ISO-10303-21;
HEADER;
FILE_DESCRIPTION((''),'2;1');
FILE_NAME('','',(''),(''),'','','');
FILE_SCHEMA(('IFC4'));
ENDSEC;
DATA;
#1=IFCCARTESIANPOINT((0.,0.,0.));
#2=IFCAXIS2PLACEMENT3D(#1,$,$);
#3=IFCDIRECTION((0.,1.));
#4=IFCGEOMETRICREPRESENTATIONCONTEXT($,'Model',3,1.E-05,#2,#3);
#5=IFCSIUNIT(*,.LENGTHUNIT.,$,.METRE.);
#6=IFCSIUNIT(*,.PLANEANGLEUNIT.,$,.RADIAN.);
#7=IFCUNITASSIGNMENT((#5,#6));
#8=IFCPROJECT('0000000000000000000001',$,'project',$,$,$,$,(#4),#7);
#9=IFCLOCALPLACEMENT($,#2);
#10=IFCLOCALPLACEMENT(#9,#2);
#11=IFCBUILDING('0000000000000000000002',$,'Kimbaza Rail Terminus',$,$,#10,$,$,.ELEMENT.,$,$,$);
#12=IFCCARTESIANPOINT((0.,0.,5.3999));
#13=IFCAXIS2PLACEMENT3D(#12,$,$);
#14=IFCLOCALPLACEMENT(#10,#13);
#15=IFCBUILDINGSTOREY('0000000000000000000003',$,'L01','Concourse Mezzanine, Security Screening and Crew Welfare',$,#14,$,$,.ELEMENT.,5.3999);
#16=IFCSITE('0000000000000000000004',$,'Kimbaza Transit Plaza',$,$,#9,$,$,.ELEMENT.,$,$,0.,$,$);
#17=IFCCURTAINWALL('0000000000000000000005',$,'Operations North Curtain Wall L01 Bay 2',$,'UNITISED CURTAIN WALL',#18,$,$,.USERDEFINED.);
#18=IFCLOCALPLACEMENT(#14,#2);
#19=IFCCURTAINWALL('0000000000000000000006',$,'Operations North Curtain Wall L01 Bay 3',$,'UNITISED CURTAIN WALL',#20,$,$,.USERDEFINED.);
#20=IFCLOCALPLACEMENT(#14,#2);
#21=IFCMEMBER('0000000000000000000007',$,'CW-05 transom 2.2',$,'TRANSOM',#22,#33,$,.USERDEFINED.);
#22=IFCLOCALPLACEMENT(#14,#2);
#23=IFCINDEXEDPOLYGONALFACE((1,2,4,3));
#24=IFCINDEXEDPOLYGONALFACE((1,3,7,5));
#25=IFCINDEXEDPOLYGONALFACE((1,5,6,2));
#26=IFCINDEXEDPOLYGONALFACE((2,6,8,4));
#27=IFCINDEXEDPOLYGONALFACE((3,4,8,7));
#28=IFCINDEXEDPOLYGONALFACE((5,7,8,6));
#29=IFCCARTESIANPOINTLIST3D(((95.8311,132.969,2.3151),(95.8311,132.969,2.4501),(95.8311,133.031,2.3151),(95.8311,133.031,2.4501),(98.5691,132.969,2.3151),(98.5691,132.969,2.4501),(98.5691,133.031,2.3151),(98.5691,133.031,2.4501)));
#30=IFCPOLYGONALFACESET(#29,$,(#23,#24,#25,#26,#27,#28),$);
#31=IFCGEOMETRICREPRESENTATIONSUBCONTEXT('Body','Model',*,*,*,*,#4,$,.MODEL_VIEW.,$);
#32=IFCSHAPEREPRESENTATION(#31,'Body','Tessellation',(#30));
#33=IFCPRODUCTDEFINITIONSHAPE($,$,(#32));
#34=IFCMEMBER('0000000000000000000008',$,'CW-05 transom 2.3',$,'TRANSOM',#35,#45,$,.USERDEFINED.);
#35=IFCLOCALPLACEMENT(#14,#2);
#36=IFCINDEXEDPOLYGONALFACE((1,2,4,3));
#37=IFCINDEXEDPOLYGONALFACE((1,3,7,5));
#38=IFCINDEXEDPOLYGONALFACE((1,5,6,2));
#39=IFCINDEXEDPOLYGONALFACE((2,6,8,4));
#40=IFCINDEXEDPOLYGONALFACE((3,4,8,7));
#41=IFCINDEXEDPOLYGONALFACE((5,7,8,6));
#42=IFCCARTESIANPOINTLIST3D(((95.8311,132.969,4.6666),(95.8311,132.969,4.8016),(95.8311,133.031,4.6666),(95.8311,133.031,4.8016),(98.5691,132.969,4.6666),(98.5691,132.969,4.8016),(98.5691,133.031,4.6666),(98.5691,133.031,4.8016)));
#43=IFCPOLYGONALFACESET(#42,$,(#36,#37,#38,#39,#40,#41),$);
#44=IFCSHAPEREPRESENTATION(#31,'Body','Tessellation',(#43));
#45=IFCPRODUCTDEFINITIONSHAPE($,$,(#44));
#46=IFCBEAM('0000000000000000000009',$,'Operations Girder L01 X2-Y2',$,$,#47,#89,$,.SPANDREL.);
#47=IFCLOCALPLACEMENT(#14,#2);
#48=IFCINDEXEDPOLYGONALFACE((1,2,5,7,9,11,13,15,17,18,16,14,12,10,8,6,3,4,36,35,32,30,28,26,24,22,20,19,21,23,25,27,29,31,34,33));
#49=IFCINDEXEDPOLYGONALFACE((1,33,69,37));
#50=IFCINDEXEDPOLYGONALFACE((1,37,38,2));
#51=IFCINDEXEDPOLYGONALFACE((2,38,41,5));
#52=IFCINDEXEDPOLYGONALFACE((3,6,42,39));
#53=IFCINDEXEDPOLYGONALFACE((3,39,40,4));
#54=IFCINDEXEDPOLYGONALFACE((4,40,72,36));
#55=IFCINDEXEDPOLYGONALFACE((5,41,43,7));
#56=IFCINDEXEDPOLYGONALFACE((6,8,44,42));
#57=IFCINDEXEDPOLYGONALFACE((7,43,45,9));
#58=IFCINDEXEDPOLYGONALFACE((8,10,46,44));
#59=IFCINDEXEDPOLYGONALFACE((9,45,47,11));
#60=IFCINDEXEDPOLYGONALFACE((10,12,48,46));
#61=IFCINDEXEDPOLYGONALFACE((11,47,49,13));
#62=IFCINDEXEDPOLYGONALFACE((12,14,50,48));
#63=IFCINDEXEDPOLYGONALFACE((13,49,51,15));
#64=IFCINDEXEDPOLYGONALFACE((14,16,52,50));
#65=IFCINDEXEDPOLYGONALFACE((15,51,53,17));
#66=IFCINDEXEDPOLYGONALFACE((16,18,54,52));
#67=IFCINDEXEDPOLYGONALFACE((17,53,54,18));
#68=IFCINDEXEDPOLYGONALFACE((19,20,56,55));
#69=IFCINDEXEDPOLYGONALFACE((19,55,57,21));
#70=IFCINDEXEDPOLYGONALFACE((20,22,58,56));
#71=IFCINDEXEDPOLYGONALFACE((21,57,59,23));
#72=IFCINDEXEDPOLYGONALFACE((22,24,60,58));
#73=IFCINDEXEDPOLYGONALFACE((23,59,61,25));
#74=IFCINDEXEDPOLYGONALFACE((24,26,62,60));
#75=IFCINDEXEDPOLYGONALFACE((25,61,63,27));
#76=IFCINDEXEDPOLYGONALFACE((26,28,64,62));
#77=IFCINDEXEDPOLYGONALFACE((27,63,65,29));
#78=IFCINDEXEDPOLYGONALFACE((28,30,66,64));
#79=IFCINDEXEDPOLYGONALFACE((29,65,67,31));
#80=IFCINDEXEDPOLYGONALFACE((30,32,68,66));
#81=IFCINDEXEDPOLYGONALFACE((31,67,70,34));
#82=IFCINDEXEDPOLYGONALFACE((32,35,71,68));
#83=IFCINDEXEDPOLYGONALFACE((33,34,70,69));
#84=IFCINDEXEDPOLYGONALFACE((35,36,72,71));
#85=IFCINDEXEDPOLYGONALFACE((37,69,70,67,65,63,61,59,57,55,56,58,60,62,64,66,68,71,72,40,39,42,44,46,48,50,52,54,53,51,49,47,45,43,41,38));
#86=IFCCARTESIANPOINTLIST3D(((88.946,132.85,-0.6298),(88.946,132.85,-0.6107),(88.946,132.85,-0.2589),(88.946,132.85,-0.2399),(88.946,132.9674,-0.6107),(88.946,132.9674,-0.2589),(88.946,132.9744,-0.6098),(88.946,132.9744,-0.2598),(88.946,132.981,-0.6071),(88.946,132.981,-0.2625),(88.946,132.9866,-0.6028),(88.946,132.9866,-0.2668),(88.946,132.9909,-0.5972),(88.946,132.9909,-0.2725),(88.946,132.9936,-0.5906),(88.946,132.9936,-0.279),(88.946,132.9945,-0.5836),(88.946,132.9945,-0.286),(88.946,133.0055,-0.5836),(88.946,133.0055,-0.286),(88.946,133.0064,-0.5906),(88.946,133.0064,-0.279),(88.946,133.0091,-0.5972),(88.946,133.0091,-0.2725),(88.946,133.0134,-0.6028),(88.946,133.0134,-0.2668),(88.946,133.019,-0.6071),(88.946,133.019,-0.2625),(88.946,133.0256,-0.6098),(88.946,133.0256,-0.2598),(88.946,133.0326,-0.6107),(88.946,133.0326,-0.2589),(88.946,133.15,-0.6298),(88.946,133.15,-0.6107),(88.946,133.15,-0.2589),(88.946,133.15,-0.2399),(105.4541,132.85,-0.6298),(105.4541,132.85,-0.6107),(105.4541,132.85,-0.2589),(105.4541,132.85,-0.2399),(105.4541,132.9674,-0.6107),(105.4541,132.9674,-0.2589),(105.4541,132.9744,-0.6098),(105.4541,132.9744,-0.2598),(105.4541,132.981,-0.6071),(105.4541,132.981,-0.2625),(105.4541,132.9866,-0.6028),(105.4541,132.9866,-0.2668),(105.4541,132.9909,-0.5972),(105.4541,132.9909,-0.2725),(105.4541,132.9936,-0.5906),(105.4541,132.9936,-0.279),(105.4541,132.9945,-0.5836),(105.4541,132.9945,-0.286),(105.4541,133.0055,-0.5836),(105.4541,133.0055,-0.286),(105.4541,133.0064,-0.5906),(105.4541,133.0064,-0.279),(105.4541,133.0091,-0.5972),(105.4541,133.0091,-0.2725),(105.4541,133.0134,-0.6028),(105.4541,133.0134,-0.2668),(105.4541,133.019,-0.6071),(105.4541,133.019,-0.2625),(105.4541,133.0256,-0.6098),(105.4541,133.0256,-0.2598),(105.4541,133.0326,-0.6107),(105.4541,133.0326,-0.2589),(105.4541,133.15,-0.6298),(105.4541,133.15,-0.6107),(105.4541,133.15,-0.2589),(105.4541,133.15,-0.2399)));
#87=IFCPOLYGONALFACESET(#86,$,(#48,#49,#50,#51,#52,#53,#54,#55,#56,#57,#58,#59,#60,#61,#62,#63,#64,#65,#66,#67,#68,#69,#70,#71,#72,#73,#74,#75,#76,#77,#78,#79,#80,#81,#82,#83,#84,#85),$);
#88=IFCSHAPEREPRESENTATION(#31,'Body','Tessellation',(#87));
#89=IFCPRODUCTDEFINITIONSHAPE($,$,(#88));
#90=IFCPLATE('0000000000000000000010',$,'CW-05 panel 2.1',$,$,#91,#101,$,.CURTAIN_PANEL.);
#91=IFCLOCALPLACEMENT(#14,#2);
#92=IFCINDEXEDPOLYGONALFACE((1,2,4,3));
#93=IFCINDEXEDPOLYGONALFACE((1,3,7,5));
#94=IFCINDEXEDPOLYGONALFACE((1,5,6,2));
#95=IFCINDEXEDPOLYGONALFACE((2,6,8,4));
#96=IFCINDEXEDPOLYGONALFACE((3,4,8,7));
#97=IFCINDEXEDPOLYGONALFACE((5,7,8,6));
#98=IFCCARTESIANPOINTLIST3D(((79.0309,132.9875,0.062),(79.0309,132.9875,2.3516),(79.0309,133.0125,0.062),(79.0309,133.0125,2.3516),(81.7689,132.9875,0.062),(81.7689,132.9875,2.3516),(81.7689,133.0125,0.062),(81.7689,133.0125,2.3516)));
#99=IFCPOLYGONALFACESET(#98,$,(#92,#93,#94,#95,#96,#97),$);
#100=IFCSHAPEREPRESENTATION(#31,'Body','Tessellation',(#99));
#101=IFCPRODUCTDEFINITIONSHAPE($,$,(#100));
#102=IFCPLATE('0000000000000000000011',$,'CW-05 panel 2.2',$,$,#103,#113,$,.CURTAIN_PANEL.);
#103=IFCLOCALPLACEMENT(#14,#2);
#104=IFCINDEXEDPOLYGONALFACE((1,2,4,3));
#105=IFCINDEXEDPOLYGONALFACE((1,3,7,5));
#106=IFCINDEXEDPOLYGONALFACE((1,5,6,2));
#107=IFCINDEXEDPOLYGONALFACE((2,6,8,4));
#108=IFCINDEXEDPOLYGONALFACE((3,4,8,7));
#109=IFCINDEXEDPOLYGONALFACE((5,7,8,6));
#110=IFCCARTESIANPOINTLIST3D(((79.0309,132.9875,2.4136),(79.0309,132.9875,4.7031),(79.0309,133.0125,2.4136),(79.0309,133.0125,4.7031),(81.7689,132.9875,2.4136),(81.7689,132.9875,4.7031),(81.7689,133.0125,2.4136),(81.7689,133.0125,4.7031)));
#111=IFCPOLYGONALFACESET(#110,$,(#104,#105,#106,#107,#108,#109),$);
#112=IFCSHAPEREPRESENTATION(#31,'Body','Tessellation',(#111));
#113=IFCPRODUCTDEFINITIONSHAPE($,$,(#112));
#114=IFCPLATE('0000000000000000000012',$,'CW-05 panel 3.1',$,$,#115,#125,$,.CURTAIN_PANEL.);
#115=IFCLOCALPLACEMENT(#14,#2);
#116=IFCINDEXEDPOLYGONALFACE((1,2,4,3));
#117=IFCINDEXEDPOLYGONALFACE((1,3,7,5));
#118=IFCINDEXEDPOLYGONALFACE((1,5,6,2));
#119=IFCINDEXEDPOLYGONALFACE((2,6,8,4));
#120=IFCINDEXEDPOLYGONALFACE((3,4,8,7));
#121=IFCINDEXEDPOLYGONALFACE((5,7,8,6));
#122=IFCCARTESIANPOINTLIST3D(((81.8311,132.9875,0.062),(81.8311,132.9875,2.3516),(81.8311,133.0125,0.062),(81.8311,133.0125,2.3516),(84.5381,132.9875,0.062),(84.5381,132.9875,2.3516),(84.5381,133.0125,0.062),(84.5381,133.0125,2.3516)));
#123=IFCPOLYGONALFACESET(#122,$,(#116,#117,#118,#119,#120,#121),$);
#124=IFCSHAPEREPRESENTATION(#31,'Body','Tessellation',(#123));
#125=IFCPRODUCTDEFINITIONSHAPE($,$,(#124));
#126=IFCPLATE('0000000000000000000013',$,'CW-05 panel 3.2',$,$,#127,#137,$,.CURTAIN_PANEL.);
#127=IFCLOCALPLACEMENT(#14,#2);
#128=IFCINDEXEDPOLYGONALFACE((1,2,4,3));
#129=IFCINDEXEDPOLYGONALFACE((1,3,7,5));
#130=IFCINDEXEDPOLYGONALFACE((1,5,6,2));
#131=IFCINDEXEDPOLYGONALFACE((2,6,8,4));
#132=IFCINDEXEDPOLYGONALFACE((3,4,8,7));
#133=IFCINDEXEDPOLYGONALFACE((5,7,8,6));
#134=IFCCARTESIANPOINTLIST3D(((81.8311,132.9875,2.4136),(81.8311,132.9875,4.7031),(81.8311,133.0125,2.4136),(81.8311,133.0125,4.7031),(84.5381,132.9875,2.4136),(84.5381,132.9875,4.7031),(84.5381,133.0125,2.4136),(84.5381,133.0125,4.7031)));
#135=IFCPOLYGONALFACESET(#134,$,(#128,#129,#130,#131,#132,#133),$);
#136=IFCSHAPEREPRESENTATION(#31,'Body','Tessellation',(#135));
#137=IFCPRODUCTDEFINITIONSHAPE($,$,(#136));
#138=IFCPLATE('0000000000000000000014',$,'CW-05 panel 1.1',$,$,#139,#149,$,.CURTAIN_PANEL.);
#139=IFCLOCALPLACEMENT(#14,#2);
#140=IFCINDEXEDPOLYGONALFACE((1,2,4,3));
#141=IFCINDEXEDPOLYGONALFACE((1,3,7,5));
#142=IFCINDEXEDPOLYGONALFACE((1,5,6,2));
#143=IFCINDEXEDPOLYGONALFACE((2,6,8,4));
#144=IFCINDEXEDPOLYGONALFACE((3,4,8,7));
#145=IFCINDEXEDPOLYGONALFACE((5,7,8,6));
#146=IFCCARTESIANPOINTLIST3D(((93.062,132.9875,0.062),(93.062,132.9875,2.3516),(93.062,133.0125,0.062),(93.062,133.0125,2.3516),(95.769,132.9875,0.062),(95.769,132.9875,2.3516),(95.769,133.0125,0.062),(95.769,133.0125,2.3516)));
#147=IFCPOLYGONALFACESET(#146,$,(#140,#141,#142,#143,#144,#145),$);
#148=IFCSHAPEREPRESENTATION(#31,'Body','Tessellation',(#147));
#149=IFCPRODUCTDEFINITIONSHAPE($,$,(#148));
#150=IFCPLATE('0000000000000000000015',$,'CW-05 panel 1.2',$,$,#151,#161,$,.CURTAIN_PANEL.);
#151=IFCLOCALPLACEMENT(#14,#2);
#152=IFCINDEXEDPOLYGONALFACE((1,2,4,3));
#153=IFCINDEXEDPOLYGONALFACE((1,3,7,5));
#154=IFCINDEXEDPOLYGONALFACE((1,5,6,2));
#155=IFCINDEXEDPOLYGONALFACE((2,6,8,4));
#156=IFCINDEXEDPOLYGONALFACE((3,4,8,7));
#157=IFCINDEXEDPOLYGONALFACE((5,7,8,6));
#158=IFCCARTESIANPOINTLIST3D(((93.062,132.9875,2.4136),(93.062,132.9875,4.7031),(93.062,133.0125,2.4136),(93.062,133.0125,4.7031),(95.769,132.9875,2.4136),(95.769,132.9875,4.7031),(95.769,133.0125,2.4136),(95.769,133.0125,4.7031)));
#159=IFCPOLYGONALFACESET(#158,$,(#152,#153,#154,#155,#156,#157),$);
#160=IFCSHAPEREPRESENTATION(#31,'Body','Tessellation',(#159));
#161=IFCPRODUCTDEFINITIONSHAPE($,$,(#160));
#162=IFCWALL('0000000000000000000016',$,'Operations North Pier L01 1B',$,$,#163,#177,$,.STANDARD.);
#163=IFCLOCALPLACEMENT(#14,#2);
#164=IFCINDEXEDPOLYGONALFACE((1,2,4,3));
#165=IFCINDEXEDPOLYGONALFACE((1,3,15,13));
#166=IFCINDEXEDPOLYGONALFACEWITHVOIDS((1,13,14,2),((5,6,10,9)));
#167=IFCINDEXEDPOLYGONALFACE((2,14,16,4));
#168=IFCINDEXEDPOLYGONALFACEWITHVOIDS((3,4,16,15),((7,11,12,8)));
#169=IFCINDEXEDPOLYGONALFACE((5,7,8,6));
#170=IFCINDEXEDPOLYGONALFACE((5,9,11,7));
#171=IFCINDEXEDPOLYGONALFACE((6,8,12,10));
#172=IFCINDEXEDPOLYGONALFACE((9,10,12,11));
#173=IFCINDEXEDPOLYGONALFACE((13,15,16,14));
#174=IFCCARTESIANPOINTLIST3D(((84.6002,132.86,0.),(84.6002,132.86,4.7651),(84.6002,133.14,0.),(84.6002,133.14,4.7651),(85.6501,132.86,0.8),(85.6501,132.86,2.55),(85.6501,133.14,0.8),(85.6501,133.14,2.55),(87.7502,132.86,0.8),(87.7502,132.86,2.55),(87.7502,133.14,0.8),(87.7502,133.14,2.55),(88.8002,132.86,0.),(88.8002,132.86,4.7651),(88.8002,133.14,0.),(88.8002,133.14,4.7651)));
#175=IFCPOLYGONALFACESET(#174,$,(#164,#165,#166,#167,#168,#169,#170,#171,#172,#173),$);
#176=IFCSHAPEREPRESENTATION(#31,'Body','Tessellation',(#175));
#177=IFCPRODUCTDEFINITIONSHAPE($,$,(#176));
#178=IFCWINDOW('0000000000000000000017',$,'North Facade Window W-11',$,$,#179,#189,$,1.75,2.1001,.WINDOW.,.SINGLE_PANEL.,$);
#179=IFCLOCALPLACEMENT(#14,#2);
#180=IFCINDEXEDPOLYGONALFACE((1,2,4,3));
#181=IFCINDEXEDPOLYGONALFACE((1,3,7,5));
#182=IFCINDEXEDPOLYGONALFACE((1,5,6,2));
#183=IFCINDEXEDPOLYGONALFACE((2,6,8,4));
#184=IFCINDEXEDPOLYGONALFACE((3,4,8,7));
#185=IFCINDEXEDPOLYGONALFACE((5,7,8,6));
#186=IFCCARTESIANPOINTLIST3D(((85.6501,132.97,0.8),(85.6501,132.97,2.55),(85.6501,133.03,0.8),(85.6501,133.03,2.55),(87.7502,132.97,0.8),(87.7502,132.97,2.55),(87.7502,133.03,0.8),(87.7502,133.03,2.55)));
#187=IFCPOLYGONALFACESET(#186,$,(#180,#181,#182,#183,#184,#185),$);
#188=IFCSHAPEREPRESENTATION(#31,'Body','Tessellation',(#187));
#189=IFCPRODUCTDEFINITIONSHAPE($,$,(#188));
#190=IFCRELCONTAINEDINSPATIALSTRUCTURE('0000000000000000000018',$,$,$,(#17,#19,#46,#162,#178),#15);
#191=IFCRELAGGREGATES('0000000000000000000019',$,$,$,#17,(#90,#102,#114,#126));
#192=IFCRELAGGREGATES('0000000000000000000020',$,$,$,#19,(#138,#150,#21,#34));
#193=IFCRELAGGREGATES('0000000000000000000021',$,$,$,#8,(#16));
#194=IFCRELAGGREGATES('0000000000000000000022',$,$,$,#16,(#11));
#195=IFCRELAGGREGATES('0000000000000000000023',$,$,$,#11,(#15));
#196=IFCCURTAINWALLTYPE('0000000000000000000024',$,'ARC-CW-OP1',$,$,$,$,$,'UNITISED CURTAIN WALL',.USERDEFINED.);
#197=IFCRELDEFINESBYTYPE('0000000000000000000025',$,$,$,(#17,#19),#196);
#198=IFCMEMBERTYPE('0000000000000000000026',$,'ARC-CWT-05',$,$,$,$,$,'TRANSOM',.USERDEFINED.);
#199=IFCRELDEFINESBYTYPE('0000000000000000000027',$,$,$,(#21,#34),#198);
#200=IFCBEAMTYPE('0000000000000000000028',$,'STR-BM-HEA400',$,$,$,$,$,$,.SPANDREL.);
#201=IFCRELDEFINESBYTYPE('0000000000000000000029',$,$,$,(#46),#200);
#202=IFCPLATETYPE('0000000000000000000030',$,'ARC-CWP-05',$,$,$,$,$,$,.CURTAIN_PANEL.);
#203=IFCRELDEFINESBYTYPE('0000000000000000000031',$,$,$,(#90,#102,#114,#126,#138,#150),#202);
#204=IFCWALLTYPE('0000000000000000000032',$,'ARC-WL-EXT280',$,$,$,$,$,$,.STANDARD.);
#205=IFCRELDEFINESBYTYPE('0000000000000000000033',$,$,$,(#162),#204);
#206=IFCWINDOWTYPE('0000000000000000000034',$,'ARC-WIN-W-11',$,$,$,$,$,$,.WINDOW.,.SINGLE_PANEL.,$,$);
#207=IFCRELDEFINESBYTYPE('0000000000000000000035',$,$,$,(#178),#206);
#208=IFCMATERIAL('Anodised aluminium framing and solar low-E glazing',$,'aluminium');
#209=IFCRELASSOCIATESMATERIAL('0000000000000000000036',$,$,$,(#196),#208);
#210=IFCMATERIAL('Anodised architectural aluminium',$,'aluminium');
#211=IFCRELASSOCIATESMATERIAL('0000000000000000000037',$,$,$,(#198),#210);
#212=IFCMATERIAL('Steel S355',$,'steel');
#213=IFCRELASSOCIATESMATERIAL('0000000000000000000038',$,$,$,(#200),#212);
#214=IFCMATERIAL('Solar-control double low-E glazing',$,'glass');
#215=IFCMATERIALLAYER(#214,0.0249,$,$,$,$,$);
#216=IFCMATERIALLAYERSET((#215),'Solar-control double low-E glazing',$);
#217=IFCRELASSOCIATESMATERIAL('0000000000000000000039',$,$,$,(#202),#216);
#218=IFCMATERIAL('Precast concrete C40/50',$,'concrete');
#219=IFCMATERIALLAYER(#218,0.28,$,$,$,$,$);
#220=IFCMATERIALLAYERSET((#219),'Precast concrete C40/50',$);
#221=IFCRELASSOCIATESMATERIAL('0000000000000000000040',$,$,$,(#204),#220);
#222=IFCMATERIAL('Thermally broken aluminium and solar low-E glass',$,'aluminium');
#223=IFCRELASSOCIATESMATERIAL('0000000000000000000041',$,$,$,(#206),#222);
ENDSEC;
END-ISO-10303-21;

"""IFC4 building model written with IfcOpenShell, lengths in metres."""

from ifc_helpers import new_model, si_unit, direction, frame, frame_2d, origin, origin_2d, place, context, subcontext, project, spatial, rectangle, i_section, extrude, material, layer, layer_set, material_profile, profile_set, type_object, element, fill, aggregate, save


model = new_model("IFC4")

# Units and contexts
model_context = context("Model", 3, precision=1e-05, world=origin(), true_north=direction((0.0, 1.0)))
body_context = subcontext(model_context, "Body", "Model", "MODEL_VIEW")
ifc_project = project(units=[si_unit("LENGTHUNIT", "METRE"), si_unit("PLANEANGLEUNIT", "RADIAN")], contexts=[model_context])

# Site, building, storey
site_placement = place(None, origin())
site = spatial("IfcSite", under=ifc_project, at=site_placement, Name="Kimbaza Transit Plaza", CompositionType="ELEMENT", RefElevation=0.0)
building_placement = place(site_placement, origin())
building = spatial("IfcBuilding", under=site, at=building_placement, Name="Kimbaza Rail Terminus", CompositionType="ELEMENT")
storey_placement = place(building_placement, frame((0.0, 0.0, 5.3999)))
storey = spatial("IfcBuildingStorey", under=building, at=storey_placement, Name="L01", Description="Concourse Mezzanine, Security Screening and Crew Welfare", CompositionType="ELEMENT", Elevation=5.3999)

# Curtain walls
ifc_material_1 = material(Name="Anodised aluminium framing and solar low-E glazing", Category="aluminium")
curtain_wall_type = type_object("IfcCurtainWallType", Name="ARC-CW-OP1", ElementType="UNITISED CURTAIN WALL", PredefinedType="USERDEFINED", material=ifc_material_1)
curtain_wall_1_placement = place(storey_placement, origin())
curtain_wall_1 = element("IfcCurtainWall", 1, at=curtain_wall_1_placement, inside=storey, type_object=curtain_wall_type, Name="Operations North Curtain Wall L01 Bay 2", ObjectType="UNITISED CURTAIN WALL", PredefinedType="USERDEFINED")
curtain_wall_2_placement = place(storey_placement, origin())
curtain_wall_2 = element("IfcCurtainWall", 2, at=curtain_wall_2_placement, inside=storey, type_object=curtain_wall_type, Name="Operations North Curtain Wall L01 Bay 3", ObjectType="UNITISED CURTAIN WALL", PredefinedType="USERDEFINED")

# Members
ifc_material_2 = material(Name="Anodised architectural aluminium", Category="aluminium")
ifc_material_profile_1 = material_profile(ifc_material_2, rectangle(XDim=0.062, YDim=0.135, at=origin_2d()), Name="TRANSOM 62x135")
ifc_profile_set_1 = profile_set([ifc_material_profile_1], Name="Anodised architectural aluminium")
member_type_1 = type_object("IfcMemberType", Name="ARC-CWT-05", ElementType="TRANSOM", PredefinedType="USERDEFINED", material=ifc_profile_set_1)
member_1_placement = place(storey_placement, frame((95.8311, 133.0, 2.3826), z_axis=(1.0, 0.0, 0.0), x_axis=(0.0, 1.0, 0.0)))
member_1 = element("IfcMember", 3, at=member_1_placement, type_object=member_type_1, Name="CW-05 transom 2.2", ObjectType="TRANSOM", PredefinedType="USERDEFINED", context=body_context, shape_type="SweptSolid", body=[
    extrude(rectangle(XDim=0.062, YDim=0.135, at=origin_2d()), origin(), (0.0, 0.0, 1.0), 2.738),
])
member_2_placement = place(storey_placement, frame((95.8311, 133.0, 4.7341), z_axis=(1.0, 0.0, 0.0), x_axis=(0.0, 1.0, 0.0)))
member_2 = element("IfcMember", 4, at=member_2_placement, type_object=member_type_1, Name="CW-05 transom 2.3", ObjectType="TRANSOM", PredefinedType="USERDEFINED", context=body_context, shape_type="SweptSolid", body=[
    extrude(rectangle(XDim=0.062, YDim=0.135, at=origin_2d()), origin(), (0.0, 0.0, 1.0), 2.738),
])

# Beam
ifc_material_3 = material(Name="Steel S355", Category="steel")
ifc_material_profile_2 = material_profile(ifc_material_3, i_section(OverallWidth=0.3, OverallDepth=0.3899, WebThickness=0.011, FlangeThickness=0.019, FilletRadius=0.0271, at=origin_2d()), Name="HEA 400")
ifc_profile_set_2 = profile_set([ifc_material_profile_2], Name="Steel S355")
beam_type = type_object("IfcBeamType", Name="STR-BM-HEA400", PredefinedType="SPANDREL", material=ifc_profile_set_2)
beam_placement = place(storey_placement, frame((88.946, 133.0, -0.4348), z_axis=(1.0, 0.0, 0.0), x_axis=(0.0, 1.0, 0.0)))
element("IfcBeam", 5, at=beam_placement, inside=storey, type_object=beam_type, Name="Operations Girder L01 X2-Y2", PredefinedType="SPANDREL", context=body_context, shape_type="SweptSolid", body=[
    extrude(i_section(OverallWidth=0.3, OverallDepth=0.3899, WebThickness=0.011, FlangeThickness=0.019, FilletRadius=0.0271, at=origin_2d()), origin(), (0.0, 0.0, 1.0), 16.5081),
])

# Plates
ifc_material_4 = material(Name="Solar-control double low-E glazing", Category="glass")
ifc_layer_1 = layer(ifc_material_4, 0.0249)
ifc_layer_set_1 = layer_set([ifc_layer_1], Name="Solar-control double low-E glazing")
plate_type = type_object("IfcPlateType", Name="ARC-CWP-05", PredefinedType="CURTAIN_PANEL", material=ifc_layer_set_1)
plate_1_placement = place(storey_placement, frame((80.3999, 133.0, 0.062), z_axis=(0.0, 0.0, 1.0), x_axis=(1.0, 0.0, 0.0)))
plate_1 = element("IfcPlate", 6, at=plate_1_placement, type_object=plate_type, Name="CW-05 panel 2.1", PredefinedType="CURTAIN_PANEL", context=body_context, shape_type="SweptSolid", body=[
    extrude(rectangle(XDim=2.738, YDim=0.0249, at=origin_2d()), origin(), (0.0, 0.0, 1.0), 2.2896),
])
plate_2_placement = place(storey_placement, frame((80.3999, 133.0, 2.4136), z_axis=(0.0, 0.0, 1.0), x_axis=(1.0, 0.0, 0.0)))
plate_2 = element("IfcPlate", 7, at=plate_2_placement, type_object=plate_type, Name="CW-05 panel 2.2", PredefinedType="CURTAIN_PANEL", context=body_context, shape_type="SweptSolid", body=[
    extrude(rectangle(XDim=2.738, YDim=0.0249, at=origin_2d()), origin(), (0.0, 0.0, 1.0), 2.2896),
])
plate_3_placement = place(storey_placement, frame((83.1846, 133.0, 0.062), z_axis=(0.0, 0.0, 1.0), x_axis=(1.0, 0.0, 0.0)))
plate_3 = element("IfcPlate", 8, at=plate_3_placement, type_object=plate_type, Name="CW-05 panel 3.1", PredefinedType="CURTAIN_PANEL", context=body_context, shape_type="SweptSolid", body=[
    extrude(rectangle(XDim=2.707, YDim=0.0249, at=origin_2d()), origin(), (0.0, 0.0, 1.0), 2.2896),
])
plate_4_placement = place(storey_placement, frame((83.1846, 133.0, 2.4136), z_axis=(0.0, 0.0, 1.0), x_axis=(1.0, 0.0, 0.0)))
plate_4 = element("IfcPlate", 9, at=plate_4_placement, type_object=plate_type, Name="CW-05 panel 3.2", PredefinedType="CURTAIN_PANEL", context=body_context, shape_type="SweptSolid", body=[
    extrude(rectangle(XDim=2.707, YDim=0.0249, at=origin_2d()), origin(), (0.0, 0.0, 1.0), 2.2896),
])
aggregate(curtain_wall_1, [plate_1, plate_2, plate_3, plate_4])
plate_5_placement = place(storey_placement, frame((94.4155, 133.0, 0.062), z_axis=(0.0, 0.0, 1.0), x_axis=(1.0, 0.0, 0.0)))
plate_5 = element("IfcPlate", 10, at=plate_5_placement, type_object=plate_type, Name="CW-05 panel 1.1", PredefinedType="CURTAIN_PANEL", context=body_context, shape_type="SweptSolid", body=[
    extrude(rectangle(XDim=2.707, YDim=0.0249, at=origin_2d()), origin(), (0.0, 0.0, 1.0), 2.2896),
])
plate_6_placement = place(storey_placement, frame((94.4155, 133.0, 2.4136), z_axis=(0.0, 0.0, 1.0), x_axis=(1.0, 0.0, 0.0)))
plate_6 = element("IfcPlate", 11, at=plate_6_placement, type_object=plate_type, Name="CW-05 panel 1.2", PredefinedType="CURTAIN_PANEL", context=body_context, shape_type="SweptSolid", body=[
    extrude(rectangle(XDim=2.707, YDim=0.0249, at=origin_2d()), origin(), (0.0, 0.0, 1.0), 2.2896),
])
aggregate(curtain_wall_2, [plate_5, plate_6, member_1, member_2])

# Wall, opening, window
ifc_material_5 = material(Name="Precast concrete C40/50", Category="concrete")
ifc_layer_2 = layer(ifc_material_5, 0.28)
ifc_layer_set_2 = layer_set([ifc_layer_2], Name="Precast concrete C40/50")
wall_type = type_object("IfcWallType", Name="ARC-WL-EXT280", PredefinedType="STANDARD", material=ifc_layer_set_2)
wall_1_placement = place(storey_placement, frame((84.6001, 133.0, 0.0), z_axis=(0.0, 0.0, 1.0), x_axis=(1.0, 0.0, 0.0)))
wall_1 = element("IfcWall", 12, at=wall_1_placement, inside=storey, type_object=wall_type, Name="Operations North Pier L01 1B", PredefinedType="STANDARD", context=body_context, shape_type="SweptSolid", body=[
    extrude(rectangle(XDim=4.2, YDim=0.28, at=frame_2d((2.1001, 0.0))), origin(), (0.0, 0.0, 1.0), 4.7651),
])
opening_1_placement = place(wall_1_placement, frame((1.05, 0.0, 0.8)))
opening_1 = element("IfcOpeningElement", 13, at=opening_1_placement, cuts=wall_1, PredefinedType="OPENING", context=body_context, shape_type="SweptSolid", body=[
    extrude(rectangle(XDim=2.1001, YDim=1.75, at=frame_2d((1.05, 0.875))), frame((0.0, 0.1499, 0.0), z_axis=(0.0, -1.0, 0.0), x_axis=(1.0, 0.0, 0.0)), (0.0, 0.0, 1.0), 0.3),
])
ifc_material_6 = material(Name="Thermally broken aluminium and solar low-E glass", Category="aluminium")
window_type_1 = type_object("IfcWindowType", Name="ARC-WIN-W-11", PartitioningType="SINGLE_PANEL", PredefinedType="WINDOW", material=ifc_material_6)
window_1_placement = place(opening_1_placement, origin())
window_1 = element("IfcWindow", 14, at=window_1_placement, inside=storey, type_object=window_type_1, Name="North Facade Window W-11", OverallHeight=1.75, OverallWidth=2.1001, PartitioningType="SINGLE_PANEL", PredefinedType="WINDOW", context=body_context, shape_type="SweptSolid", body=[
    extrude(rectangle(XDim=2.1001, YDim=1.75, at=frame_2d((1.05, 0.875))), frame((0.0, 0.03, 0.0), z_axis=(0.0, -1.0, 0.0), x_axis=(1.0, 0.0, 0.0)), (0.0, 0.0, 1.0), 0.0601),
])
fill(opening_1, window_1)

save(model, "model.ifc")
